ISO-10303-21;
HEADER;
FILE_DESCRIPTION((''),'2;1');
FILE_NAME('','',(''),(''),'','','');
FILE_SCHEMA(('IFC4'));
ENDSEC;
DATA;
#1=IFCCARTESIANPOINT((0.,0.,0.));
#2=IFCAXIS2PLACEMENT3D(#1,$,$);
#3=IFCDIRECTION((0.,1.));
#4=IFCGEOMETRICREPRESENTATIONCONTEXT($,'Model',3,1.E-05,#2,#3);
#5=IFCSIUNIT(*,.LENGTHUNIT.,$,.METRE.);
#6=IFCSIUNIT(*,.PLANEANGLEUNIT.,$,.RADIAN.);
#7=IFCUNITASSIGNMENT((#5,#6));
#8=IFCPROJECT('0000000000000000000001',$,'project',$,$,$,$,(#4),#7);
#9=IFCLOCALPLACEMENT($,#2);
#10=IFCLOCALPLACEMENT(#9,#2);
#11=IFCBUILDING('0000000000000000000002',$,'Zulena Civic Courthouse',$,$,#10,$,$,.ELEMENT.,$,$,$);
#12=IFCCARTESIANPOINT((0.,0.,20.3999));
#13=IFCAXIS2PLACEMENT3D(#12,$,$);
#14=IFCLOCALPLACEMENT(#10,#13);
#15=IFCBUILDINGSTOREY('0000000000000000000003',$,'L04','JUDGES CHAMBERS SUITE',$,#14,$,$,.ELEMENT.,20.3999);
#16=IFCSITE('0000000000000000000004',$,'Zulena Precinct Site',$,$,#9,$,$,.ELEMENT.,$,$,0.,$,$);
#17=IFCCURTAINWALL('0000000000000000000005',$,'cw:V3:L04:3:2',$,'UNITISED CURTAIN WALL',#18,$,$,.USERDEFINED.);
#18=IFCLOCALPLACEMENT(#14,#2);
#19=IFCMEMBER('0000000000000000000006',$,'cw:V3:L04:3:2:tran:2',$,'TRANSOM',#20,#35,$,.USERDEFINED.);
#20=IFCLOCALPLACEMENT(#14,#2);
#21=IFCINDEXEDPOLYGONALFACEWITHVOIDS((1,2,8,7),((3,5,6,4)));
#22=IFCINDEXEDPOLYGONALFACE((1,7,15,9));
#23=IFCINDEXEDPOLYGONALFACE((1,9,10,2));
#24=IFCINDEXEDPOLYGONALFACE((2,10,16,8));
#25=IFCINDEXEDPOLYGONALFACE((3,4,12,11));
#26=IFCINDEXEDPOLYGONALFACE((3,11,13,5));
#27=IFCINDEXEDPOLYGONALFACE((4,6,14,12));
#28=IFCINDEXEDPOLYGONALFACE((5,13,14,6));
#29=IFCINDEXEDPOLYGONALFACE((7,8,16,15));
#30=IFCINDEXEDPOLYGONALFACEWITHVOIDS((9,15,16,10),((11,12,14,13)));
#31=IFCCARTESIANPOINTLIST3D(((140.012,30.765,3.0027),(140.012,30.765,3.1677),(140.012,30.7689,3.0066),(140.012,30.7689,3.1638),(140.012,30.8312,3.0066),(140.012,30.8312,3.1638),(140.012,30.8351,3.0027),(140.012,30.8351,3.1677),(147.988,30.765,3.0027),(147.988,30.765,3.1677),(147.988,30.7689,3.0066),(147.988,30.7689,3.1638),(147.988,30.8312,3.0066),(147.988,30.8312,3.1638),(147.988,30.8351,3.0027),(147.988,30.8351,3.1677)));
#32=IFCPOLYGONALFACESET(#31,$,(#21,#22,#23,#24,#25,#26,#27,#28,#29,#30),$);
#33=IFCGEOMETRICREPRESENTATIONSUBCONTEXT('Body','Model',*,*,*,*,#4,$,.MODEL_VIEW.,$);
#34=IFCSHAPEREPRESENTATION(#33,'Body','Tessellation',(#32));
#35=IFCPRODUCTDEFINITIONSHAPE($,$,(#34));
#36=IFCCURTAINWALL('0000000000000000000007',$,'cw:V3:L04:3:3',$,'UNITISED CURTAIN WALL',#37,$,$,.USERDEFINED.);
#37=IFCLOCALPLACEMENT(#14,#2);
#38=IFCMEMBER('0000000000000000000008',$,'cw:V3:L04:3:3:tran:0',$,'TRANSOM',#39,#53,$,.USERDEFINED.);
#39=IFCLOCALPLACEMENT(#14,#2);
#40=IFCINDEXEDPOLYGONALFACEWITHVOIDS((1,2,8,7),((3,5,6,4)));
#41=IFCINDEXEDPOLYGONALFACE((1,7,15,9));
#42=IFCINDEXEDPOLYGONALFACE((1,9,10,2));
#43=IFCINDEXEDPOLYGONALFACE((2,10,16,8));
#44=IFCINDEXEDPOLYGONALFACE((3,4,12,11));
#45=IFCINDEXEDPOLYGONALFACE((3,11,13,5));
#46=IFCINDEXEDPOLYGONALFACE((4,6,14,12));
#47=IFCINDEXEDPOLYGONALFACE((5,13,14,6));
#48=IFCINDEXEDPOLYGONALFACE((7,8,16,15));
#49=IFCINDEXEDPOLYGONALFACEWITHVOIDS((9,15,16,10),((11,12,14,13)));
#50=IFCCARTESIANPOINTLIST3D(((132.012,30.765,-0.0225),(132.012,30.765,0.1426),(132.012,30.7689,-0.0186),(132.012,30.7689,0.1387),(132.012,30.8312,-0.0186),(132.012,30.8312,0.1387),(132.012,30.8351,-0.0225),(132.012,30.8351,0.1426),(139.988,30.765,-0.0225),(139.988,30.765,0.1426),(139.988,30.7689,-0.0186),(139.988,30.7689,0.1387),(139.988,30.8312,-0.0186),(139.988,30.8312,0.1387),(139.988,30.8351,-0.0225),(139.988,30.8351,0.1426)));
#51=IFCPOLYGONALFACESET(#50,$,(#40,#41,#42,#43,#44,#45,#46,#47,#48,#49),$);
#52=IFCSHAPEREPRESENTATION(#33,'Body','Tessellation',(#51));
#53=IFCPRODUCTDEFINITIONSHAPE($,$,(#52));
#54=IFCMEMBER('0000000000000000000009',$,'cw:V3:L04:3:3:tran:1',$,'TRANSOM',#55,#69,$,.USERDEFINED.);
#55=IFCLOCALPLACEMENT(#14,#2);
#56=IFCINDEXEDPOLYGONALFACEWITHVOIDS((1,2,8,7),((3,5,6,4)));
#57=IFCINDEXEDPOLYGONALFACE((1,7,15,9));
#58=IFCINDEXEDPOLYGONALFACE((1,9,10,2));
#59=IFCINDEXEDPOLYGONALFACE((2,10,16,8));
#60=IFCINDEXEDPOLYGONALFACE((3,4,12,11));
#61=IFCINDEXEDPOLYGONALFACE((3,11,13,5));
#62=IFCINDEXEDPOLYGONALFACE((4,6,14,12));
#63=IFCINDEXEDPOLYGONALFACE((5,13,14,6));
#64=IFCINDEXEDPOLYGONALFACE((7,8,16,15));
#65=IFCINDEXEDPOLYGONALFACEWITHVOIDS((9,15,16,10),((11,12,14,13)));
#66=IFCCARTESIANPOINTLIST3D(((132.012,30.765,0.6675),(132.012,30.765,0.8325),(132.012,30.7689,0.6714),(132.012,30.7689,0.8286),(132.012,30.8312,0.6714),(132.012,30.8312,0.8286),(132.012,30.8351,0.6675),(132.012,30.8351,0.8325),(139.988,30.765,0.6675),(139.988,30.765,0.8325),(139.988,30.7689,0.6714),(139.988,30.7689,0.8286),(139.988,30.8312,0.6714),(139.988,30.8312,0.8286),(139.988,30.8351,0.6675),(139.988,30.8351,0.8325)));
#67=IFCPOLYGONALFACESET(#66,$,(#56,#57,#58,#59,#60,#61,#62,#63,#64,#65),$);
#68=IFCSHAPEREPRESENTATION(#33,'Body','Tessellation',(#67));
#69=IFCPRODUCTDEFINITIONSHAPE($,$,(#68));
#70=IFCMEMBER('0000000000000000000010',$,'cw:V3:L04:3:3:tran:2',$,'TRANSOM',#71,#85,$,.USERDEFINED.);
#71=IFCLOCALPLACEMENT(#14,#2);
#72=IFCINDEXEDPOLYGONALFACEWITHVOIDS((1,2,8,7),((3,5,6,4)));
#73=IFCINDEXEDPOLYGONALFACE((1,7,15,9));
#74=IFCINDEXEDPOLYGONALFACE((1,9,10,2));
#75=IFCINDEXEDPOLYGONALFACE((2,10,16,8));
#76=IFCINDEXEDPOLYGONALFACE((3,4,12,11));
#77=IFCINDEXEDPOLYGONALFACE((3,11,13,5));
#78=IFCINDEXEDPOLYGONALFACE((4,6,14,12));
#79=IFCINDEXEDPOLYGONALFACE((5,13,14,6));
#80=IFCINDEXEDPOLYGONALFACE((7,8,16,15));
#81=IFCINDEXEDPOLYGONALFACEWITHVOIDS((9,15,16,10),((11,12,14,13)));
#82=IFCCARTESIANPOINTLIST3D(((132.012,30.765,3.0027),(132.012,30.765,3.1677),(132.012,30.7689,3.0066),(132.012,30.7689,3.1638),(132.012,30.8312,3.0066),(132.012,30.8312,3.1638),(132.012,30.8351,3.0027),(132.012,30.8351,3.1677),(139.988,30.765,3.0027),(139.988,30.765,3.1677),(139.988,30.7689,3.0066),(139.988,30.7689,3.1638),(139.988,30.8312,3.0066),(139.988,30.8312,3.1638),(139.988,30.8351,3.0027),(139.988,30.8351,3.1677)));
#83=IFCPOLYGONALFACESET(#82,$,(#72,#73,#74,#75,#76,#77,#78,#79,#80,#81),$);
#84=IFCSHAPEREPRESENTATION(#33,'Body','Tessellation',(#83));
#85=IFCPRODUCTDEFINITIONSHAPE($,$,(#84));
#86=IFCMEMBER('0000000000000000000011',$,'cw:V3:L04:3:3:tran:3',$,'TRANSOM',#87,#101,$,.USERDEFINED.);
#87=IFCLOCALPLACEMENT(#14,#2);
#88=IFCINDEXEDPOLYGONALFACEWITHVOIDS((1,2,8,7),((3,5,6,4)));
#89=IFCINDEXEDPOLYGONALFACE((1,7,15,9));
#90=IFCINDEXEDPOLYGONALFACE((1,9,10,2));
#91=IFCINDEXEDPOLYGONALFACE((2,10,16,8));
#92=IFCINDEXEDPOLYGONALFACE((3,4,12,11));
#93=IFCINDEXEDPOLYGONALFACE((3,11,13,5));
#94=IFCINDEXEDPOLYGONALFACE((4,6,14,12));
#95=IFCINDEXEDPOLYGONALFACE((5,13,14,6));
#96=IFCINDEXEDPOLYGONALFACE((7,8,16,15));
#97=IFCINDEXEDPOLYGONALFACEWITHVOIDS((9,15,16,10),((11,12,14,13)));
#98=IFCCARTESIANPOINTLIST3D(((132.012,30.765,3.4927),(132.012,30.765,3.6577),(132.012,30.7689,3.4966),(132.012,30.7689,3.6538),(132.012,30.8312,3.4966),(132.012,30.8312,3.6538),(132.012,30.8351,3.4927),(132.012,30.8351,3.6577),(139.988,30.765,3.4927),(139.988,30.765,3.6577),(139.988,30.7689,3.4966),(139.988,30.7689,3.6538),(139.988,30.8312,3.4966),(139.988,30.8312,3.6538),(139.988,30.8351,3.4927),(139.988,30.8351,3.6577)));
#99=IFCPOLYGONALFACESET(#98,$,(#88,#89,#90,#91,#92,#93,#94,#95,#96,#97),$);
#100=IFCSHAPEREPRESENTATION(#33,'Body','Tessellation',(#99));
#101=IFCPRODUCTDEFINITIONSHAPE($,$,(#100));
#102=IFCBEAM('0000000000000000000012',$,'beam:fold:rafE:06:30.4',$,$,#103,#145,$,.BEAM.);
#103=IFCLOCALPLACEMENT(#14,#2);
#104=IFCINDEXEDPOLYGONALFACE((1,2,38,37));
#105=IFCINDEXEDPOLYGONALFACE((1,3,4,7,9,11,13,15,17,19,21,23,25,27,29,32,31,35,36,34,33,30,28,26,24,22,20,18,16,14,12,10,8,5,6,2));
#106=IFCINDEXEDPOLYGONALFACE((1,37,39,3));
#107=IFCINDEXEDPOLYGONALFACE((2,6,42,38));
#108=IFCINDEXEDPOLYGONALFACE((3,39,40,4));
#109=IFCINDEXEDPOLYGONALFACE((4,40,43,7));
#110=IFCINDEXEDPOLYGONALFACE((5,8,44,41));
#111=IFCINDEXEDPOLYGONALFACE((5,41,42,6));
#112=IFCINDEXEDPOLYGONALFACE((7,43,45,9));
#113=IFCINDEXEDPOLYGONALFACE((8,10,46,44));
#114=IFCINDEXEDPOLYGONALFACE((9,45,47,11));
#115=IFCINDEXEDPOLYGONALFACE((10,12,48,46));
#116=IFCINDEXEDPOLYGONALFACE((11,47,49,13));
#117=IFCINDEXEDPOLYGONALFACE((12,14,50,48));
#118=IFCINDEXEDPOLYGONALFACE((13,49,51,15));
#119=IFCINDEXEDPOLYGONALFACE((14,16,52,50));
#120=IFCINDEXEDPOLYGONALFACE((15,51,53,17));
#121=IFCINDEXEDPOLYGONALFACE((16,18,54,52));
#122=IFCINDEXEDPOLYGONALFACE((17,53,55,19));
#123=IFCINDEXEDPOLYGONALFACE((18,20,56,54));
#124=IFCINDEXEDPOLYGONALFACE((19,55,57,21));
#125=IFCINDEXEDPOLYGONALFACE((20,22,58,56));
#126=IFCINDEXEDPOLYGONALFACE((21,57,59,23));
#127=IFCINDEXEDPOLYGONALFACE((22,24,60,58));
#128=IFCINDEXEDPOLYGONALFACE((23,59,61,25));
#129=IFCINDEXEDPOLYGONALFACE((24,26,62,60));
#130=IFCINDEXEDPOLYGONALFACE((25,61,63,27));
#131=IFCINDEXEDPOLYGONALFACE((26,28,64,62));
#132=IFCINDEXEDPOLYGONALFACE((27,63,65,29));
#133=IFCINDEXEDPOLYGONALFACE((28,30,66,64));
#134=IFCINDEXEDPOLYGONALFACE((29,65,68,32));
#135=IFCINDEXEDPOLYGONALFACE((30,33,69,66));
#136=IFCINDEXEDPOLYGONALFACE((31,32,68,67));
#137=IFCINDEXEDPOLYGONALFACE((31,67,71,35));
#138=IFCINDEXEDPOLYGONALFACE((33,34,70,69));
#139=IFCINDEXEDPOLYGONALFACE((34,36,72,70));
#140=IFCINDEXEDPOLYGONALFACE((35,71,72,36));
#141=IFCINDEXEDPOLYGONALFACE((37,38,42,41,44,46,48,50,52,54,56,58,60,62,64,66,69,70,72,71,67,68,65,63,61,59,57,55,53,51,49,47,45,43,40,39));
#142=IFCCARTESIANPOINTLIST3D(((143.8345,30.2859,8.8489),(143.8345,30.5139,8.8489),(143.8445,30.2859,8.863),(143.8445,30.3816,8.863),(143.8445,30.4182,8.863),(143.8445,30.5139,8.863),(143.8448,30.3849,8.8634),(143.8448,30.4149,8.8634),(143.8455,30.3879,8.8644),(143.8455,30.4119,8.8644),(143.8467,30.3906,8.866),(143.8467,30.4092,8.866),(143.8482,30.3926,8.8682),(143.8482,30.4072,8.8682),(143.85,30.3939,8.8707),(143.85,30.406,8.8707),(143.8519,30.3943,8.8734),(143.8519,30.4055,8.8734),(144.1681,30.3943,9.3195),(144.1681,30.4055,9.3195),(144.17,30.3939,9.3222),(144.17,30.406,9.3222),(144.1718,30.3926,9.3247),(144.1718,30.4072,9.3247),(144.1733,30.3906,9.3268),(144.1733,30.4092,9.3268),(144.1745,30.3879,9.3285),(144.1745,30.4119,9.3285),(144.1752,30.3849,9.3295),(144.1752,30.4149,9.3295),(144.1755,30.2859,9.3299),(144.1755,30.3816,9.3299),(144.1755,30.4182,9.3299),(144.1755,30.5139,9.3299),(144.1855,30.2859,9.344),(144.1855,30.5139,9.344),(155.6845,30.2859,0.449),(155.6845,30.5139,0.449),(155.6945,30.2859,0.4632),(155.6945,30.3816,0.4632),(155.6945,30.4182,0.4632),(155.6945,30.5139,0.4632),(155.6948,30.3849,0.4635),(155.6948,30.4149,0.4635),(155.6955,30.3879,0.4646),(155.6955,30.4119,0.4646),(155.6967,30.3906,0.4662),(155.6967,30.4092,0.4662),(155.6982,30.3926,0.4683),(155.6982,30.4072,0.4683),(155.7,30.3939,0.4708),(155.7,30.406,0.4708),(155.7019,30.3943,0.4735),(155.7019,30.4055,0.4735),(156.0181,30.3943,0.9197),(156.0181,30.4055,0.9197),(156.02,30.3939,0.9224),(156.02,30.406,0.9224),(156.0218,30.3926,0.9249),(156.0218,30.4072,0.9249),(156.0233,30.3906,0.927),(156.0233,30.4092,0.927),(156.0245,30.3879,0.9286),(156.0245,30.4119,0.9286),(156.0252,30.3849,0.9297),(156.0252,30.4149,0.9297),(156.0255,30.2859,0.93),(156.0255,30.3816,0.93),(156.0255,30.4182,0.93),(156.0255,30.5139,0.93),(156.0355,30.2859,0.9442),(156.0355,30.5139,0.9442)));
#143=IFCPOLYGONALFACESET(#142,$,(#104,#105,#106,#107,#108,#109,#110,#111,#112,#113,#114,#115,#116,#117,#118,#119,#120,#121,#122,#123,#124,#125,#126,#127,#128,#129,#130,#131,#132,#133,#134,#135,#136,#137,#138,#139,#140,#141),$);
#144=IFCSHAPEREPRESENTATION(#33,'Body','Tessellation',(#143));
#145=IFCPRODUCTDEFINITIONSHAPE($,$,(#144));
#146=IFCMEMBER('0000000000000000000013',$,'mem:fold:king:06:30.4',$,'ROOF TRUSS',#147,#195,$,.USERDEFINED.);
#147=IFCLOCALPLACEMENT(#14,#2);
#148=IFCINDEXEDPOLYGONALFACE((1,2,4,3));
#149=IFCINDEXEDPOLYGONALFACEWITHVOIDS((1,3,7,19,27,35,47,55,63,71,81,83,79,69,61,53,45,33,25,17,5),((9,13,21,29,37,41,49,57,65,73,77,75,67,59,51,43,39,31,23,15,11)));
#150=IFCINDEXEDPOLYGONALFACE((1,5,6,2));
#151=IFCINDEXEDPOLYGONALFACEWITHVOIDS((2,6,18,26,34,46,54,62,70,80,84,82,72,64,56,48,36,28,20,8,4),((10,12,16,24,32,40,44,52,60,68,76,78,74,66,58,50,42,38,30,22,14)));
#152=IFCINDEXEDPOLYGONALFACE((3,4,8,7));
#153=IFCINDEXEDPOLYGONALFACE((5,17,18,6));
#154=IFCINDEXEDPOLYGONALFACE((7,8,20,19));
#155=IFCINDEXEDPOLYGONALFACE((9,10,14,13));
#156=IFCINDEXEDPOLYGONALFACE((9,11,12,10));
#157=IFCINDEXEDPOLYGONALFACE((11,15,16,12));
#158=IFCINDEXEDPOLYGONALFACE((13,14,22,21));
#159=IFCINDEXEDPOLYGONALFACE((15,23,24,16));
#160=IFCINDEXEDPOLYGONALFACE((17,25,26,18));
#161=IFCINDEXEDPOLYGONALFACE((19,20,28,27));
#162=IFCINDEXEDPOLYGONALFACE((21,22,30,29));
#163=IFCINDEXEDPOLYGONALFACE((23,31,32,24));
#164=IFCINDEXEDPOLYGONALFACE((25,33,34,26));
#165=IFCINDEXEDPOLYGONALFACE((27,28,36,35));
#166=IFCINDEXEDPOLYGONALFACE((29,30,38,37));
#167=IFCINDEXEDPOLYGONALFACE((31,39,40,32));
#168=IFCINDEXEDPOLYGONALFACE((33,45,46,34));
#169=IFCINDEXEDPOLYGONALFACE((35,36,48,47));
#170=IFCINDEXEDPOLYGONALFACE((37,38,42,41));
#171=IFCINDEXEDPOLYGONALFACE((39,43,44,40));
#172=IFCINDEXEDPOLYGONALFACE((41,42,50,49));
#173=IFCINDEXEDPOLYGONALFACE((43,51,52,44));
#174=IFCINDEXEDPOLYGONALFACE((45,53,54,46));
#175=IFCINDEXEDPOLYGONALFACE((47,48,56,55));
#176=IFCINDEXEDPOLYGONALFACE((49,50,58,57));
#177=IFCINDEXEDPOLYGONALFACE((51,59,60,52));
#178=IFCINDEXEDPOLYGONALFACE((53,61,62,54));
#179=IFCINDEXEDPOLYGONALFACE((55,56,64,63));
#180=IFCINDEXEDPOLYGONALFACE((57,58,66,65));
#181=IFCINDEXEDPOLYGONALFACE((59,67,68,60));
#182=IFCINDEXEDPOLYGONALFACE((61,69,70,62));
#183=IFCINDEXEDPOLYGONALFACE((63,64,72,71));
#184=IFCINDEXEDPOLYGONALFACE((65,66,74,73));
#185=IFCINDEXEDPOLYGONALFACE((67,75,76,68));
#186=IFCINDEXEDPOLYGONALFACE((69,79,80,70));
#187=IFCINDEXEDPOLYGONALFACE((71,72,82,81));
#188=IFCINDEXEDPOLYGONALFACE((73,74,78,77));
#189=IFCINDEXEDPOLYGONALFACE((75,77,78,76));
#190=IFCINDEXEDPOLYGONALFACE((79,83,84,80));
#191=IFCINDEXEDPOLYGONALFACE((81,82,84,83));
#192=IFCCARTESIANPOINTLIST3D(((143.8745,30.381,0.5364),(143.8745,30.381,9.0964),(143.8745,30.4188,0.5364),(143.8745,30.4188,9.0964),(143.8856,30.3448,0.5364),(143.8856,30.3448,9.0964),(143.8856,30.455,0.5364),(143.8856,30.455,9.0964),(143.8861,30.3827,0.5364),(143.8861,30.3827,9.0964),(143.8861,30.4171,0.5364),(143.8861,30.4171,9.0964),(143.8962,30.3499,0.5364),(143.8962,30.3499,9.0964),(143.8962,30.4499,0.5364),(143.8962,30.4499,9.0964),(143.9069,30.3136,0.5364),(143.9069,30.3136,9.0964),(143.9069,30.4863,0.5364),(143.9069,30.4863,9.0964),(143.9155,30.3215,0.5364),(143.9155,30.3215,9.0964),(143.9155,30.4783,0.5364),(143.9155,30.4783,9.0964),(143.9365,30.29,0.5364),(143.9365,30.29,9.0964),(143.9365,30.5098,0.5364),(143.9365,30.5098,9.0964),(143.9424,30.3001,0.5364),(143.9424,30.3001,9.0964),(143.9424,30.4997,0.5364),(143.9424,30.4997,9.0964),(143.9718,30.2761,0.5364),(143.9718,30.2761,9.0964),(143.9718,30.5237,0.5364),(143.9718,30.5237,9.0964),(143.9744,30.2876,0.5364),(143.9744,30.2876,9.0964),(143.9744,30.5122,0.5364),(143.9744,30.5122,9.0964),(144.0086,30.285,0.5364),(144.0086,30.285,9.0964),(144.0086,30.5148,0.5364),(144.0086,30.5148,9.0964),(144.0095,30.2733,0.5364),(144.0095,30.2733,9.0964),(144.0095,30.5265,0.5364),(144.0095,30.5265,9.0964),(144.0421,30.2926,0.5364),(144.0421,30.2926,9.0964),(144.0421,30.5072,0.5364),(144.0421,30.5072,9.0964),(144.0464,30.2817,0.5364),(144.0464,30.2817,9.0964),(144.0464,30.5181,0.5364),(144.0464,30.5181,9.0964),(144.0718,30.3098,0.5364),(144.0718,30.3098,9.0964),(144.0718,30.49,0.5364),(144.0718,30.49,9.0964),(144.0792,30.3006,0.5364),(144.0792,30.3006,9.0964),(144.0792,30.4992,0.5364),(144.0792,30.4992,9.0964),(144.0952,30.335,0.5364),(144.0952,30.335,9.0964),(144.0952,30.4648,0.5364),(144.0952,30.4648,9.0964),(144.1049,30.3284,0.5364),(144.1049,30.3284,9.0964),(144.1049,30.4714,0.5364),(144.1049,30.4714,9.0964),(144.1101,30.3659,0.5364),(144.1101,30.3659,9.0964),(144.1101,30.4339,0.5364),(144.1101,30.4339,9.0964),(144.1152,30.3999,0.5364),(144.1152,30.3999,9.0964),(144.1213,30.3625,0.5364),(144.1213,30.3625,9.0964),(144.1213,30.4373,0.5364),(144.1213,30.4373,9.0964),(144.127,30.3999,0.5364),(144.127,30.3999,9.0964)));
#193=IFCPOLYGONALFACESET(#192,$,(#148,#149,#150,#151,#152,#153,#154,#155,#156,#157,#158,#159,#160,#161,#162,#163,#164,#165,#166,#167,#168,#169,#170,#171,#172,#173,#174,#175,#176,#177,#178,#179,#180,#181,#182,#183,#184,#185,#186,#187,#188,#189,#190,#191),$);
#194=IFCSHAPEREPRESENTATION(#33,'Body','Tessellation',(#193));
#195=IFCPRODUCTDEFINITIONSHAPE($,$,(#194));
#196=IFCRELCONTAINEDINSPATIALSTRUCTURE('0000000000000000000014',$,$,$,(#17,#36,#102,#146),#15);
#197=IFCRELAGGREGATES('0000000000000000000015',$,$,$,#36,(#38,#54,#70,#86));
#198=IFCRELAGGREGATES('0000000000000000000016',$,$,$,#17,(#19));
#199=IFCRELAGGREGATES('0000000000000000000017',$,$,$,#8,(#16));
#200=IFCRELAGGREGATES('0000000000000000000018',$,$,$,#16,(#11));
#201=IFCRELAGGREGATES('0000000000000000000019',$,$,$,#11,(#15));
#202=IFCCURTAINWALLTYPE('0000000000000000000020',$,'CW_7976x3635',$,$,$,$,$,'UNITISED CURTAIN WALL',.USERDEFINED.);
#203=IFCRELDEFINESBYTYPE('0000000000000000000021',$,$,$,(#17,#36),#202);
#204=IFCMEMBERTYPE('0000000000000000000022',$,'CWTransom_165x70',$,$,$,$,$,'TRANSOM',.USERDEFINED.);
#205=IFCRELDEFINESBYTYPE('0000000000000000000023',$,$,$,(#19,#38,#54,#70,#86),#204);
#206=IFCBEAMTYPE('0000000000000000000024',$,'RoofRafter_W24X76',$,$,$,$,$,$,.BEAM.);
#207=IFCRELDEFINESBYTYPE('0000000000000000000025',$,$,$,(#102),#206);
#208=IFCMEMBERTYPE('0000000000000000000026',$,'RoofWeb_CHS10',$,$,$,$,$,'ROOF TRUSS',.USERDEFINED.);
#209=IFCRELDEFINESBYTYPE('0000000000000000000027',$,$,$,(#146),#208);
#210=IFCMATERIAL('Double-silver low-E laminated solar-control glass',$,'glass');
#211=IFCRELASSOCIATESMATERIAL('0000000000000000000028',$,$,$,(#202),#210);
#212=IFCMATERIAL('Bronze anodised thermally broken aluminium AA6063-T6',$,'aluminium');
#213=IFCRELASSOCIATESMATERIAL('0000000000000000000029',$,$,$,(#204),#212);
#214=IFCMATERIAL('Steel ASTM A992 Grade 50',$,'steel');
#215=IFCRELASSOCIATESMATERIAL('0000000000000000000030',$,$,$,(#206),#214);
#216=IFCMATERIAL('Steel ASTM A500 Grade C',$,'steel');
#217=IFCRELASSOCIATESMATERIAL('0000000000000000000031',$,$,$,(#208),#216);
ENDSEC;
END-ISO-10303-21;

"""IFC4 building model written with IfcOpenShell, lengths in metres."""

from ifc_helpers import new_model, si_unit, direction, frame, origin, origin_2d, place, context, subcontext, project, spatial, hollow_rectangle, hollow_circle, i_section, extrude, material, material_profile, profile_set, type_object, element, aggregate, save


model = new_model("IFC4")

# Units and contexts
model_context = context("Model", 3, precision=1e-05, world=origin(), true_north=direction((0.0, 1.0)))
body_context = subcontext(model_context, "Body", "Model", "MODEL_VIEW")
ifc_project = project(units=[si_unit("LENGTHUNIT", "METRE"), si_unit("PLANEANGLEUNIT", "RADIAN")], contexts=[model_context])

# Site, building, storey
site_placement = place(None, origin())
site = spatial("IfcSite", under=ifc_project, at=site_placement, Name="Zulena Precinct Site", CompositionType="ELEMENT", RefElevation=0.0)
building_placement = place(site_placement, origin())
building = spatial("IfcBuilding", under=site, at=building_placement, Name="Zulena Civic Courthouse", CompositionType="ELEMENT")
storey_placement = place(building_placement, frame((0.0, 0.0, 20.3999)))
storey = spatial("IfcBuildingStorey", under=building, at=storey_placement, Name="L04", Description="JUDGES CHAMBERS SUITE", CompositionType="ELEMENT", Elevation=20.3999)

# Shared definitions
ifc_material_1 = material(Name="Steel ASTM A992 Grade 50", Category="steel")

# Curtain walls, members
ifc_material_2 = material(Name="Double-silver low-E laminated solar-control glass", Category="glass")
curtain_wall_type = type_object("IfcCurtainWallType", Name="CW_7976x3635", ElementType="UNITISED CURTAIN WALL", PredefinedType="USERDEFINED", material=ifc_material_2)
curtain_wall_1_placement = place(storey_placement, origin())
curtain_wall_1 = element("IfcCurtainWall", 1, at=curtain_wall_1_placement, inside=storey, type_object=curtain_wall_type, Name="cw:V3:L04:3:2", ObjectType="UNITISED CURTAIN WALL", PredefinedType="USERDEFINED")
ifc_material_3 = material(Name="Bronze anodised thermally broken aluminium AA6063-T6", Category="aluminium")
ifc_material_profile_1 = material_profile(ifc_material_3, hollow_rectangle(XDim=0.0701, YDim=0.165, WallThickness=0.0039, at=origin_2d()), Name="CWT165X70X4")
ifc_profile_set_1 = profile_set([ifc_material_profile_1], Name="Bronze anodised thermally broken aluminium AA6063-T6")
member_type_1 = type_object("IfcMemberType", Name="CWTransom_165x70", ElementType="TRANSOM", PredefinedType="USERDEFINED", material=ifc_profile_set_1)
member_1_placement = place(storey_placement, frame((147.988, 30.8, 3.0852), z_axis=(-1.0, 0.0, 0.0), x_axis=(0.0, -1.0, 0.0)))
member_1 = element("IfcMember", 2, at=member_1_placement, type_object=member_type_1, Name="cw:V3:L04:3:2:tran:2", ObjectType="TRANSOM", PredefinedType="USERDEFINED", context=body_context, shape_type="SweptSolid", body=[
    extrude(hollow_rectangle(XDim=0.0701, YDim=0.165, WallThickness=0.0039, at=origin_2d()), origin(), (0.0, 0.0, 1.0), 7.9761),
])
curtain_wall_2_placement = place(storey_placement, origin())
curtain_wall_2 = element("IfcCurtainWall", 3, at=curtain_wall_2_placement, inside=storey, type_object=curtain_wall_type, Name="cw:V3:L04:3:3", ObjectType="UNITISED CURTAIN WALL", PredefinedType="USERDEFINED")
member_2_placement = place(storey_placement, frame((139.988, 30.8, 0.0601), z_axis=(-1.0, 0.0, 0.0), x_axis=(0.0, -1.0, 0.0)))
member_2 = element("IfcMember", 4, at=member_2_placement, type_object=member_type_1, Name="cw:V3:L04:3:3:tran:0", ObjectType="TRANSOM", PredefinedType="USERDEFINED", context=body_context, shape_type="SweptSolid", body=[
    extrude(hollow_rectangle(XDim=0.0701, YDim=0.165, WallThickness=0.0039, at=origin_2d()), origin(), (0.0, 0.0, 1.0), 7.9761),
])
member_3_placement = place(storey_placement, frame((139.988, 30.8, 0.75), z_axis=(-1.0, 0.0, 0.0), x_axis=(0.0, -1.0, 0.0)))
member_3 = element("IfcMember", 5, at=member_3_placement, type_object=member_type_1, Name="cw:V3:L04:3:3:tran:1", ObjectType="TRANSOM", PredefinedType="USERDEFINED", context=body_context, shape_type="SweptSolid", body=[
    extrude(hollow_rectangle(XDim=0.0701, YDim=0.165, WallThickness=0.0039, at=origin_2d()), origin(), (0.0, 0.0, 1.0), 7.9761),
])
member_4_placement = place(storey_placement, frame((139.988, 30.8, 3.0852), z_axis=(-1.0, 0.0, 0.0), x_axis=(0.0, -1.0, 0.0)))
member_4 = element("IfcMember", 6, at=member_4_placement, type_object=member_type_1, Name="cw:V3:L04:3:3:tran:2", ObjectType="TRANSOM", PredefinedType="USERDEFINED", context=body_context, shape_type="SweptSolid", body=[
    extrude(hollow_rectangle(XDim=0.0701, YDim=0.165, WallThickness=0.0039, at=origin_2d()), origin(), (0.0, 0.0, 1.0), 7.9761),
])
member_5_placement = place(storey_placement, frame((139.988, 30.8, 3.5752), z_axis=(-1.0, 0.0, 0.0), x_axis=(0.0, -1.0, 0.0)))
member_5 = element("IfcMember", 7, at=member_5_placement, type_object=member_type_1, Name="cw:V3:L04:3:3:tran:3", ObjectType="TRANSOM", PredefinedType="USERDEFINED", context=body_context, shape_type="SweptSolid", body=[
    extrude(hollow_rectangle(XDim=0.0701, YDim=0.165, WallThickness=0.0039, at=origin_2d()), origin(), (0.0, 0.0, 1.0), 7.9761),
])
aggregate(curtain_wall_2, [member_2, member_3, member_4, member_5])

# Beam
ifc_material_profile_2 = material_profile(ifc_material_1, i_section(OverallWidth=0.228, OverallDepth=0.6069, WebThickness=0.0112, FlangeThickness=0.0173, FilletRadius=0.0127, at=origin_2d()), Name="W24X76")
ifc_profile_set_2 = profile_set([ifc_material_profile_2], Name="Steel ASTM A992 Grade 50")
beam_type_1 = type_object("IfcBeamType", Name="RoofRafter_W24X76", PredefinedType="BEAM", material=ifc_profile_set_2)
beam_1_placement = place(storey_placement, frame((144.01, 30.3999, 9.0964), z_axis=(0.815827, 0.0, -0.578296), x_axis=(0.0, 1.0, 0.0)))
element("IfcBeam", 8, at=beam_1_placement, inside=storey, type_object=beam_type_1, Name="beam:fold:rafE:06:30.4", PredefinedType="BEAM", context=body_context, shape_type="SweptSolid", body=[
    extrude(i_section(OverallWidth=0.228, OverallDepth=0.6069, WebThickness=0.0112, FlangeThickness=0.0173, FilletRadius=0.0127, at=origin_2d()), origin(), (0.0, 0.0, 1.0), 14.5251),
])

# Member
ifc_material_4 = material(Name="Steel ASTM A500 Grade C", Category="steel")
ifc_material_profile_3 = material_profile(ifc_material_4, hollow_circle(Radius=0.127, WallThickness=0.0117, at=origin_2d()), Name="HSS10.000X0.500")
ifc_profile_set_3 = profile_set([ifc_material_profile_3], Name="Steel ASTM A500 Grade C")
member_type_2 = type_object("IfcMemberType", Name="RoofWeb_CHS10", ElementType="ROOF TRUSS", PredefinedType="USERDEFINED", material=ifc_profile_set_3)
member_6_placement = place(storey_placement, frame((144.0, 30.3999, 0.5364), z_axis=(0.0, 0.0, 1.0), x_axis=(1.0, 0.0, 0.0)))
element("IfcMember", 9, at=member_6_placement, inside=storey, type_object=member_type_2, Name="mem:fold:king:06:30.4", ObjectType="ROOF TRUSS", PredefinedType="USERDEFINED", context=body_context, shape_type="SweptSolid", body=[
    extrude(hollow_circle(Radius=0.127, WallThickness=0.0117, at=origin_2d()), origin(), (0.0, 0.0, 1.0), 8.5601),
])

aggregate(curtain_wall_1, [member_1])

save(model, "model.ifc")
